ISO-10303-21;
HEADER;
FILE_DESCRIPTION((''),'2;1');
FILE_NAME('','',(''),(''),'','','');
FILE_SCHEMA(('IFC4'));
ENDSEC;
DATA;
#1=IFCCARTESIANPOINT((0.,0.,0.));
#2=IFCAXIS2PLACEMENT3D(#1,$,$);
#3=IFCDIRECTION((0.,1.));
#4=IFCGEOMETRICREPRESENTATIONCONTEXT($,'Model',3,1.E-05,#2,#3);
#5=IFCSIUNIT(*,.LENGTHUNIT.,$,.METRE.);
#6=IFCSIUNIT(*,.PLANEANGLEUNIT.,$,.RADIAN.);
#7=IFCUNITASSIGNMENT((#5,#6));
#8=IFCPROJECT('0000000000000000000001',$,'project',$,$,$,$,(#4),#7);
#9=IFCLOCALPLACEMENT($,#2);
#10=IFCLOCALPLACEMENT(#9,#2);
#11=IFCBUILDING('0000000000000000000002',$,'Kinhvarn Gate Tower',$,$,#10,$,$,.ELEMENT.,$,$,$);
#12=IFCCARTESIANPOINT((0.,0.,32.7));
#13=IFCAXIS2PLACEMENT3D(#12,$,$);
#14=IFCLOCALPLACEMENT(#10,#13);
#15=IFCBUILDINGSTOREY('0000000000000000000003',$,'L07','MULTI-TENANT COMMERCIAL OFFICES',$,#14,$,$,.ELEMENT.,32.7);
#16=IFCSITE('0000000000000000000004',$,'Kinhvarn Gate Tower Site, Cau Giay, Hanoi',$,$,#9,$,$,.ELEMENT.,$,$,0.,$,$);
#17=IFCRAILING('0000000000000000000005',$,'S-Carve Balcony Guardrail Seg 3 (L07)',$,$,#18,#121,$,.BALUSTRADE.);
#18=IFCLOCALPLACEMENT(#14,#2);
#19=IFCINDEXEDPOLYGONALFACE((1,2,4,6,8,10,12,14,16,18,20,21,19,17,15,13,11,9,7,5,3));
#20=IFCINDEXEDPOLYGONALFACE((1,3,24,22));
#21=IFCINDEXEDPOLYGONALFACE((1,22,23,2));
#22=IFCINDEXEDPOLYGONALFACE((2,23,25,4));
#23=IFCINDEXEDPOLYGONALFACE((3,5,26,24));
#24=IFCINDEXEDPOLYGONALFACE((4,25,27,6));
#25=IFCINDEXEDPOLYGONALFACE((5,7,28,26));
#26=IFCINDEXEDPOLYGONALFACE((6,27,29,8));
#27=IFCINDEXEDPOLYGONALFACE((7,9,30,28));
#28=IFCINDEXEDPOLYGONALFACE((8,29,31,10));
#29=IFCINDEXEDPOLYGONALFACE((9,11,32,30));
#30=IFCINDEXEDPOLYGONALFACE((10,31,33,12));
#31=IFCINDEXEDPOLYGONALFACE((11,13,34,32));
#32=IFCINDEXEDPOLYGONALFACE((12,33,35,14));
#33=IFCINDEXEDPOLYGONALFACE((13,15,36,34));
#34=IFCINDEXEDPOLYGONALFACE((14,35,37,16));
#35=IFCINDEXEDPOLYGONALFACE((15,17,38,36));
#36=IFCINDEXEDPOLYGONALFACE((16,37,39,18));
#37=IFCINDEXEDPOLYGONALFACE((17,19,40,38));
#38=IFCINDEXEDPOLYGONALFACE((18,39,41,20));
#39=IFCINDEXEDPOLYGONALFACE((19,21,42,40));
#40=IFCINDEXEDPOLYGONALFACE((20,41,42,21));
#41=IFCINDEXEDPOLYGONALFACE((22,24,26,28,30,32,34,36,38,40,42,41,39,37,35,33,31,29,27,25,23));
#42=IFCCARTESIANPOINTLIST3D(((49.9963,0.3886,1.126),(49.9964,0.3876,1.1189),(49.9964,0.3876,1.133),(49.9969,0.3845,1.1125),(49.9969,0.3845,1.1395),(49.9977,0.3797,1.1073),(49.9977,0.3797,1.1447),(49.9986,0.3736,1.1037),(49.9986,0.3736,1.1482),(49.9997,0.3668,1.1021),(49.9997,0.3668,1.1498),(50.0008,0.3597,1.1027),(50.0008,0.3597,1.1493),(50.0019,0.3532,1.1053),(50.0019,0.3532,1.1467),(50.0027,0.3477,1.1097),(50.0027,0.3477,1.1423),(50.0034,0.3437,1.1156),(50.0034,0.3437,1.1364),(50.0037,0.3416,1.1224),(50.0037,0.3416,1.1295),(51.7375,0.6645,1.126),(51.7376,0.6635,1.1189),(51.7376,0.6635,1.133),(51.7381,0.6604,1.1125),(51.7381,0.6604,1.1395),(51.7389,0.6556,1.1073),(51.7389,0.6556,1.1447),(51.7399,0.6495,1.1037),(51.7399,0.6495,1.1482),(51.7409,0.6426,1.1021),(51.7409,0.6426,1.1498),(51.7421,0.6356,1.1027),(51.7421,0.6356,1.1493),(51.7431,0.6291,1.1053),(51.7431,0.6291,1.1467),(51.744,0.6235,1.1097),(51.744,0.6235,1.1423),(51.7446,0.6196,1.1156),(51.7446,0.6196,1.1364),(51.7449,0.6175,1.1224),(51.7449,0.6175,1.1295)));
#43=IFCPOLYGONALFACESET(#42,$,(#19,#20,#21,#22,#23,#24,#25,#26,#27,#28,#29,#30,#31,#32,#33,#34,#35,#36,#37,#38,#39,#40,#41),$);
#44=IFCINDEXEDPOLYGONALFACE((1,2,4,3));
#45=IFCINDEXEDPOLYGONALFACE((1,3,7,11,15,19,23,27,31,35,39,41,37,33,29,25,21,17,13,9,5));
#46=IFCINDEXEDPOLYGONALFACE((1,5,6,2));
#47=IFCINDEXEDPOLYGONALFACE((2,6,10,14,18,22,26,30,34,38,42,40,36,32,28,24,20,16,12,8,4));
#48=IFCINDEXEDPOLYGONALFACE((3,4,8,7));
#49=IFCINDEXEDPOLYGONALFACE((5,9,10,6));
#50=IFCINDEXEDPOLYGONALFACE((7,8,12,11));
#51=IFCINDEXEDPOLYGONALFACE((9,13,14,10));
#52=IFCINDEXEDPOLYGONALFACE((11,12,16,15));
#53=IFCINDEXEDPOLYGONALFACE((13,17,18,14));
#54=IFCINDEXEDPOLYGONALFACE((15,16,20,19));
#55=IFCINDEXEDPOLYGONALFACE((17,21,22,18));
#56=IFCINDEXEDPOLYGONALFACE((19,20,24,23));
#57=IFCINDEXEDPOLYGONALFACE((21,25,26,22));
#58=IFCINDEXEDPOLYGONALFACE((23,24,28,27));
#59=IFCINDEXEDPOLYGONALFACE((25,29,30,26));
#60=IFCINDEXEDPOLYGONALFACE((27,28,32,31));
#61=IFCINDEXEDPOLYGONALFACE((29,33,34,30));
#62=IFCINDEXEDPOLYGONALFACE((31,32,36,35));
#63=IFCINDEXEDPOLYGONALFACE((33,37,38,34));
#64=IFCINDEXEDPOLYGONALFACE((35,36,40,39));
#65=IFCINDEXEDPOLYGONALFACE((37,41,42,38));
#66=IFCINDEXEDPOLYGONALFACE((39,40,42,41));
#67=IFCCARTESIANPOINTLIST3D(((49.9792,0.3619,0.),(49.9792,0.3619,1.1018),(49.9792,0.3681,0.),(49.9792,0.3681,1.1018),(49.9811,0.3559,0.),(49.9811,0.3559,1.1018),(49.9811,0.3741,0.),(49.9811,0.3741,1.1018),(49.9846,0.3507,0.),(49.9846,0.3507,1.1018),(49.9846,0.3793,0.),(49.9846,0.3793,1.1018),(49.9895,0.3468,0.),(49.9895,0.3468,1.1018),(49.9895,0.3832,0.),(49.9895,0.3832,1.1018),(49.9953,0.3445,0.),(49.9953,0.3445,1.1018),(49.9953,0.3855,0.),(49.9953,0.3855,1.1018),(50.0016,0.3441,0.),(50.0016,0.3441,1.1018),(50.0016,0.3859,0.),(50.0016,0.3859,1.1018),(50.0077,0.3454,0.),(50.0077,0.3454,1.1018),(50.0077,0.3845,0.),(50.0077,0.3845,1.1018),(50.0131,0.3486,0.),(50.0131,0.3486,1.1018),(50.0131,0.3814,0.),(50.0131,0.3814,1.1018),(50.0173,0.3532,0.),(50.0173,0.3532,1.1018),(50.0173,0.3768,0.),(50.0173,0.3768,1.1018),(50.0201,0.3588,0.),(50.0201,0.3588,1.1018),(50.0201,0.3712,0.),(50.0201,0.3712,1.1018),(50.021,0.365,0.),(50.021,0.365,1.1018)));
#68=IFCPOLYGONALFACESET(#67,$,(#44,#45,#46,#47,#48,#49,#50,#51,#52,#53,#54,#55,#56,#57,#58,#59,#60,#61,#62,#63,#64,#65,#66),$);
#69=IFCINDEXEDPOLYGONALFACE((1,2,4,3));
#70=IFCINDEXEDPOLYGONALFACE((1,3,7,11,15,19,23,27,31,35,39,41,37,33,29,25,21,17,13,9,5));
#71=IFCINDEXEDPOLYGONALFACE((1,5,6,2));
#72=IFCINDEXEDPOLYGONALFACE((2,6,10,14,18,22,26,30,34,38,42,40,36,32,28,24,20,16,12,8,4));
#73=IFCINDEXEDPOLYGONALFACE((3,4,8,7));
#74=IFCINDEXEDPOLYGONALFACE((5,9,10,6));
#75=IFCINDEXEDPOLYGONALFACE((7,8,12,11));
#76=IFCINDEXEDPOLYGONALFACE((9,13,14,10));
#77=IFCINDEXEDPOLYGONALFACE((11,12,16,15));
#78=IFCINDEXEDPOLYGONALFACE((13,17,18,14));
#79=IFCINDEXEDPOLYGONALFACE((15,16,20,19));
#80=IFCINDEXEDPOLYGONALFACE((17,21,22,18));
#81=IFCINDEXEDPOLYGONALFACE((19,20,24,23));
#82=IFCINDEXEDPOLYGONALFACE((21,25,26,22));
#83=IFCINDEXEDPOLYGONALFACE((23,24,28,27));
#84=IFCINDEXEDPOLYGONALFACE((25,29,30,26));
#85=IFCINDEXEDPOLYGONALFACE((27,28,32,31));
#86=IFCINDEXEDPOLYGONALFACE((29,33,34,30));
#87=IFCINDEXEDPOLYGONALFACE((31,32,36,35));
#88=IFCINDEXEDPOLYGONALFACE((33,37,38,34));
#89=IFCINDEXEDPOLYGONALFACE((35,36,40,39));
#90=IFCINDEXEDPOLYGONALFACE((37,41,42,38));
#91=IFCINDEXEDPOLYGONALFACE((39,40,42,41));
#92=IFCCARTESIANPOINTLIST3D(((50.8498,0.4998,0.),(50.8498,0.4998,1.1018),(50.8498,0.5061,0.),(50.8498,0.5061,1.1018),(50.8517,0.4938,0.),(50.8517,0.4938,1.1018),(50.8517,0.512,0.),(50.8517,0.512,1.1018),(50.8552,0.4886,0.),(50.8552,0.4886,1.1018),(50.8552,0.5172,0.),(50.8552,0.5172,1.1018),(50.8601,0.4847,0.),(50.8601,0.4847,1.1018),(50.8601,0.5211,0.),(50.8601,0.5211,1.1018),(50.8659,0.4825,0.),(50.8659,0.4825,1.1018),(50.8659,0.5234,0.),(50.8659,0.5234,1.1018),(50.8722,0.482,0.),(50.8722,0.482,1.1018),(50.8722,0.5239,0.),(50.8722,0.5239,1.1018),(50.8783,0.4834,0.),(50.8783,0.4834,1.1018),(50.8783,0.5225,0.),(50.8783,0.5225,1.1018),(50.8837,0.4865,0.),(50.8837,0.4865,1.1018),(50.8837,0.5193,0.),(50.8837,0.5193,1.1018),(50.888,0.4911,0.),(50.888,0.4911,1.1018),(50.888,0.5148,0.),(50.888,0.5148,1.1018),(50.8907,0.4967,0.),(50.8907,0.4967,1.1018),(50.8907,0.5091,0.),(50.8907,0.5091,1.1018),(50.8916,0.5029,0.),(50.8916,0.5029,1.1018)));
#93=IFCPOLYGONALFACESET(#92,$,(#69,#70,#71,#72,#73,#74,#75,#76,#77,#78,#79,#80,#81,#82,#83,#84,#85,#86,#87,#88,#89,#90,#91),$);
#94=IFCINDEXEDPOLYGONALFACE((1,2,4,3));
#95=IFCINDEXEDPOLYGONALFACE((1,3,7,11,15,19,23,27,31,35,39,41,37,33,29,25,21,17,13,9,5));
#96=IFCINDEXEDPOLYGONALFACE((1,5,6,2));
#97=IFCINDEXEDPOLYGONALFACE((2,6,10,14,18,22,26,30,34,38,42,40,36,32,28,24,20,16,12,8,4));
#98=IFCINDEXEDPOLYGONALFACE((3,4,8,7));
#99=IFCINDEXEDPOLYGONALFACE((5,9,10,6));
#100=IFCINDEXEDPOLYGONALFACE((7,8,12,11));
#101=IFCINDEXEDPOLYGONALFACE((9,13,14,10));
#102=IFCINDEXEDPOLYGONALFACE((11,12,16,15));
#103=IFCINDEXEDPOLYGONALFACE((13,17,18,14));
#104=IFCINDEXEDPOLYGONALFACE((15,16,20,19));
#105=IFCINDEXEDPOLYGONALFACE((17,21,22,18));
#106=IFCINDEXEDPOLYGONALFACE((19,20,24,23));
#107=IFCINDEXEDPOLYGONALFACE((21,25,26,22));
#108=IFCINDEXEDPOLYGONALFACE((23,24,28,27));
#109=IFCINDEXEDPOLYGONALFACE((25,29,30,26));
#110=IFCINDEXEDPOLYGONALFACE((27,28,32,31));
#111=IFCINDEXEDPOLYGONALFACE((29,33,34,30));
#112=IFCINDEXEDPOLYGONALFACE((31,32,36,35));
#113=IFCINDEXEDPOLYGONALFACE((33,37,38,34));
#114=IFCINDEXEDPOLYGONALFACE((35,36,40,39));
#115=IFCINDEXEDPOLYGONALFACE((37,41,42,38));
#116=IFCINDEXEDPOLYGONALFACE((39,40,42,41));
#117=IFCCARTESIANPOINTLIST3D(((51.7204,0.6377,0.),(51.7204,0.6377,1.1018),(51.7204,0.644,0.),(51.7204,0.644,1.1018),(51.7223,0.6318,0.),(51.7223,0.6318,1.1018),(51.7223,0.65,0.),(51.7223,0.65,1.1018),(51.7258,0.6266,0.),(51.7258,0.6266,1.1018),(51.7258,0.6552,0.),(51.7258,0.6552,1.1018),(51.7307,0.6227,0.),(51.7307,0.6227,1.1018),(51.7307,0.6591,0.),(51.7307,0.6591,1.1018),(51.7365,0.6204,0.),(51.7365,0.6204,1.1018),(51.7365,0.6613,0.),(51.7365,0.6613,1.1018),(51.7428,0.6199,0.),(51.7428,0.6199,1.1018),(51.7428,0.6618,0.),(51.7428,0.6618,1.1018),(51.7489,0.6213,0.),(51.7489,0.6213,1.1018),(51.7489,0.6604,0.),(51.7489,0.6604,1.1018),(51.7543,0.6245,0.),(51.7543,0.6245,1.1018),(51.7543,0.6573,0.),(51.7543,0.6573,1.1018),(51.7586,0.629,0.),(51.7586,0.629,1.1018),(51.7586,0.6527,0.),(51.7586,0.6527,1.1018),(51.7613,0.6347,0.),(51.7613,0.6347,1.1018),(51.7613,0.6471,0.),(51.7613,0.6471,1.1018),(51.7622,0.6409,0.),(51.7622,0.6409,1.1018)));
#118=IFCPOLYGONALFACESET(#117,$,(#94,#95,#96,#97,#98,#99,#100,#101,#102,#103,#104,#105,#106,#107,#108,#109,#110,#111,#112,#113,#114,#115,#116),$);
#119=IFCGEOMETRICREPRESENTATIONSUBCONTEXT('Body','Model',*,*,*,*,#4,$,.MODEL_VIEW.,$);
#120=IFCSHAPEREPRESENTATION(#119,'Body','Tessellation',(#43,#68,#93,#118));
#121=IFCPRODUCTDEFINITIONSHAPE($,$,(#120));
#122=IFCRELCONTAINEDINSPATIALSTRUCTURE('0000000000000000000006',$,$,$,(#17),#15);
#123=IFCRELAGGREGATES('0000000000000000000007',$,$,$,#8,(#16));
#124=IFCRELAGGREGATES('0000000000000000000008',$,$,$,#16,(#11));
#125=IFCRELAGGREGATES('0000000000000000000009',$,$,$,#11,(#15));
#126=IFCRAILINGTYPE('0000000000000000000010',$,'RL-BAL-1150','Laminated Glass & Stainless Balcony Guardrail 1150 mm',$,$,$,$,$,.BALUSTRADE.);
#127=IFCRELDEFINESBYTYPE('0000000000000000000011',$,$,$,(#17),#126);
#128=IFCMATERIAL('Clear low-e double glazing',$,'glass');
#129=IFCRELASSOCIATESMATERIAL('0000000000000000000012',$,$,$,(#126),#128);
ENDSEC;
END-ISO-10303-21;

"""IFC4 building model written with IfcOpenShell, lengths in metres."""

from ifc_helpers import new_model, si_unit, direction, frame, origin, origin_2d, place, context, subcontext, project, spatial, circle, extrude, material, type_object, element, save


model = new_model("IFC4")

# Units and contexts
model_context = context("Model", 3, precision=1e-05, world=origin(), true_north=direction((0.0, 1.0)))
body_context = subcontext(model_context, "Body", "Model", "MODEL_VIEW")
ifc_project = project(units=[si_unit("LENGTHUNIT", "METRE"), si_unit("PLANEANGLEUNIT", "RADIAN")], contexts=[model_context])

# Site, building, storey
site_placement = place(None, origin())
site = spatial("IfcSite", under=ifc_project, at=site_placement, Name="Kinhvarn Gate Tower Site, Cau Giay, Hanoi", CompositionType="ELEMENT", RefElevation=0.0)
building_placement = place(site_placement, origin())
building = spatial("IfcBuilding", under=site, at=building_placement, Name="Kinhvarn Gate Tower", CompositionType="ELEMENT")
storey_placement = place(building_placement, frame((0.0, 0.0, 32.7)))
storey = spatial("IfcBuildingStorey", under=building, at=storey_placement, Name="L07", Description="MULTI-TENANT COMMERCIAL OFFICES", CompositionType="ELEMENT", Elevation=32.7)

# Shared definitions
ifc_material_1 = material(Name="Clear low-e double glazing", Category="glass")

# Railing
railing_type = type_object("IfcRailingType", Name="RL-BAL-1150", Description="Laminated Glass & Stainless Balcony Guardrail 1150 mm", PredefinedType="BALUSTRADE", material=ifc_material_1)
railing_1_placement = place(storey_placement, frame((50.0, 0.365, 0.0)))
element("IfcRailing", 1, at=railing_1_placement, inside=storey, type_object=railing_type, Name="S-Carve Balcony Guardrail Seg 3 (L07)", PredefinedType="BALUSTRADE", context=body_context, shape_type="SweptSolid", body=[
    extrude(circle(Radius=0.0239, at=origin_2d()), frame((0.0, 0.0, 1.126), z_axis=(0.98768, 0.156489, 0.0), x_axis=(-0.156489, 0.98768, 0.0)), (0.0, 0.0, 1.0), 1.7629),
    extrude(circle(Radius=0.021, at=origin_2d()), origin(), (0.0, 0.0, 1.0), 1.1018),
    extrude(circle(Radius=0.021, at=origin_2d()), frame((0.8706, 0.1379, 0.0)), (0.0, 0.0, 1.0), 1.1018),
    extrude(circle(Radius=0.021, at=origin_2d()), frame((1.7412, 0.2759, 0.0)), (0.0, 0.0, 1.0), 1.1018),
])

save(model, "model.ifc")
